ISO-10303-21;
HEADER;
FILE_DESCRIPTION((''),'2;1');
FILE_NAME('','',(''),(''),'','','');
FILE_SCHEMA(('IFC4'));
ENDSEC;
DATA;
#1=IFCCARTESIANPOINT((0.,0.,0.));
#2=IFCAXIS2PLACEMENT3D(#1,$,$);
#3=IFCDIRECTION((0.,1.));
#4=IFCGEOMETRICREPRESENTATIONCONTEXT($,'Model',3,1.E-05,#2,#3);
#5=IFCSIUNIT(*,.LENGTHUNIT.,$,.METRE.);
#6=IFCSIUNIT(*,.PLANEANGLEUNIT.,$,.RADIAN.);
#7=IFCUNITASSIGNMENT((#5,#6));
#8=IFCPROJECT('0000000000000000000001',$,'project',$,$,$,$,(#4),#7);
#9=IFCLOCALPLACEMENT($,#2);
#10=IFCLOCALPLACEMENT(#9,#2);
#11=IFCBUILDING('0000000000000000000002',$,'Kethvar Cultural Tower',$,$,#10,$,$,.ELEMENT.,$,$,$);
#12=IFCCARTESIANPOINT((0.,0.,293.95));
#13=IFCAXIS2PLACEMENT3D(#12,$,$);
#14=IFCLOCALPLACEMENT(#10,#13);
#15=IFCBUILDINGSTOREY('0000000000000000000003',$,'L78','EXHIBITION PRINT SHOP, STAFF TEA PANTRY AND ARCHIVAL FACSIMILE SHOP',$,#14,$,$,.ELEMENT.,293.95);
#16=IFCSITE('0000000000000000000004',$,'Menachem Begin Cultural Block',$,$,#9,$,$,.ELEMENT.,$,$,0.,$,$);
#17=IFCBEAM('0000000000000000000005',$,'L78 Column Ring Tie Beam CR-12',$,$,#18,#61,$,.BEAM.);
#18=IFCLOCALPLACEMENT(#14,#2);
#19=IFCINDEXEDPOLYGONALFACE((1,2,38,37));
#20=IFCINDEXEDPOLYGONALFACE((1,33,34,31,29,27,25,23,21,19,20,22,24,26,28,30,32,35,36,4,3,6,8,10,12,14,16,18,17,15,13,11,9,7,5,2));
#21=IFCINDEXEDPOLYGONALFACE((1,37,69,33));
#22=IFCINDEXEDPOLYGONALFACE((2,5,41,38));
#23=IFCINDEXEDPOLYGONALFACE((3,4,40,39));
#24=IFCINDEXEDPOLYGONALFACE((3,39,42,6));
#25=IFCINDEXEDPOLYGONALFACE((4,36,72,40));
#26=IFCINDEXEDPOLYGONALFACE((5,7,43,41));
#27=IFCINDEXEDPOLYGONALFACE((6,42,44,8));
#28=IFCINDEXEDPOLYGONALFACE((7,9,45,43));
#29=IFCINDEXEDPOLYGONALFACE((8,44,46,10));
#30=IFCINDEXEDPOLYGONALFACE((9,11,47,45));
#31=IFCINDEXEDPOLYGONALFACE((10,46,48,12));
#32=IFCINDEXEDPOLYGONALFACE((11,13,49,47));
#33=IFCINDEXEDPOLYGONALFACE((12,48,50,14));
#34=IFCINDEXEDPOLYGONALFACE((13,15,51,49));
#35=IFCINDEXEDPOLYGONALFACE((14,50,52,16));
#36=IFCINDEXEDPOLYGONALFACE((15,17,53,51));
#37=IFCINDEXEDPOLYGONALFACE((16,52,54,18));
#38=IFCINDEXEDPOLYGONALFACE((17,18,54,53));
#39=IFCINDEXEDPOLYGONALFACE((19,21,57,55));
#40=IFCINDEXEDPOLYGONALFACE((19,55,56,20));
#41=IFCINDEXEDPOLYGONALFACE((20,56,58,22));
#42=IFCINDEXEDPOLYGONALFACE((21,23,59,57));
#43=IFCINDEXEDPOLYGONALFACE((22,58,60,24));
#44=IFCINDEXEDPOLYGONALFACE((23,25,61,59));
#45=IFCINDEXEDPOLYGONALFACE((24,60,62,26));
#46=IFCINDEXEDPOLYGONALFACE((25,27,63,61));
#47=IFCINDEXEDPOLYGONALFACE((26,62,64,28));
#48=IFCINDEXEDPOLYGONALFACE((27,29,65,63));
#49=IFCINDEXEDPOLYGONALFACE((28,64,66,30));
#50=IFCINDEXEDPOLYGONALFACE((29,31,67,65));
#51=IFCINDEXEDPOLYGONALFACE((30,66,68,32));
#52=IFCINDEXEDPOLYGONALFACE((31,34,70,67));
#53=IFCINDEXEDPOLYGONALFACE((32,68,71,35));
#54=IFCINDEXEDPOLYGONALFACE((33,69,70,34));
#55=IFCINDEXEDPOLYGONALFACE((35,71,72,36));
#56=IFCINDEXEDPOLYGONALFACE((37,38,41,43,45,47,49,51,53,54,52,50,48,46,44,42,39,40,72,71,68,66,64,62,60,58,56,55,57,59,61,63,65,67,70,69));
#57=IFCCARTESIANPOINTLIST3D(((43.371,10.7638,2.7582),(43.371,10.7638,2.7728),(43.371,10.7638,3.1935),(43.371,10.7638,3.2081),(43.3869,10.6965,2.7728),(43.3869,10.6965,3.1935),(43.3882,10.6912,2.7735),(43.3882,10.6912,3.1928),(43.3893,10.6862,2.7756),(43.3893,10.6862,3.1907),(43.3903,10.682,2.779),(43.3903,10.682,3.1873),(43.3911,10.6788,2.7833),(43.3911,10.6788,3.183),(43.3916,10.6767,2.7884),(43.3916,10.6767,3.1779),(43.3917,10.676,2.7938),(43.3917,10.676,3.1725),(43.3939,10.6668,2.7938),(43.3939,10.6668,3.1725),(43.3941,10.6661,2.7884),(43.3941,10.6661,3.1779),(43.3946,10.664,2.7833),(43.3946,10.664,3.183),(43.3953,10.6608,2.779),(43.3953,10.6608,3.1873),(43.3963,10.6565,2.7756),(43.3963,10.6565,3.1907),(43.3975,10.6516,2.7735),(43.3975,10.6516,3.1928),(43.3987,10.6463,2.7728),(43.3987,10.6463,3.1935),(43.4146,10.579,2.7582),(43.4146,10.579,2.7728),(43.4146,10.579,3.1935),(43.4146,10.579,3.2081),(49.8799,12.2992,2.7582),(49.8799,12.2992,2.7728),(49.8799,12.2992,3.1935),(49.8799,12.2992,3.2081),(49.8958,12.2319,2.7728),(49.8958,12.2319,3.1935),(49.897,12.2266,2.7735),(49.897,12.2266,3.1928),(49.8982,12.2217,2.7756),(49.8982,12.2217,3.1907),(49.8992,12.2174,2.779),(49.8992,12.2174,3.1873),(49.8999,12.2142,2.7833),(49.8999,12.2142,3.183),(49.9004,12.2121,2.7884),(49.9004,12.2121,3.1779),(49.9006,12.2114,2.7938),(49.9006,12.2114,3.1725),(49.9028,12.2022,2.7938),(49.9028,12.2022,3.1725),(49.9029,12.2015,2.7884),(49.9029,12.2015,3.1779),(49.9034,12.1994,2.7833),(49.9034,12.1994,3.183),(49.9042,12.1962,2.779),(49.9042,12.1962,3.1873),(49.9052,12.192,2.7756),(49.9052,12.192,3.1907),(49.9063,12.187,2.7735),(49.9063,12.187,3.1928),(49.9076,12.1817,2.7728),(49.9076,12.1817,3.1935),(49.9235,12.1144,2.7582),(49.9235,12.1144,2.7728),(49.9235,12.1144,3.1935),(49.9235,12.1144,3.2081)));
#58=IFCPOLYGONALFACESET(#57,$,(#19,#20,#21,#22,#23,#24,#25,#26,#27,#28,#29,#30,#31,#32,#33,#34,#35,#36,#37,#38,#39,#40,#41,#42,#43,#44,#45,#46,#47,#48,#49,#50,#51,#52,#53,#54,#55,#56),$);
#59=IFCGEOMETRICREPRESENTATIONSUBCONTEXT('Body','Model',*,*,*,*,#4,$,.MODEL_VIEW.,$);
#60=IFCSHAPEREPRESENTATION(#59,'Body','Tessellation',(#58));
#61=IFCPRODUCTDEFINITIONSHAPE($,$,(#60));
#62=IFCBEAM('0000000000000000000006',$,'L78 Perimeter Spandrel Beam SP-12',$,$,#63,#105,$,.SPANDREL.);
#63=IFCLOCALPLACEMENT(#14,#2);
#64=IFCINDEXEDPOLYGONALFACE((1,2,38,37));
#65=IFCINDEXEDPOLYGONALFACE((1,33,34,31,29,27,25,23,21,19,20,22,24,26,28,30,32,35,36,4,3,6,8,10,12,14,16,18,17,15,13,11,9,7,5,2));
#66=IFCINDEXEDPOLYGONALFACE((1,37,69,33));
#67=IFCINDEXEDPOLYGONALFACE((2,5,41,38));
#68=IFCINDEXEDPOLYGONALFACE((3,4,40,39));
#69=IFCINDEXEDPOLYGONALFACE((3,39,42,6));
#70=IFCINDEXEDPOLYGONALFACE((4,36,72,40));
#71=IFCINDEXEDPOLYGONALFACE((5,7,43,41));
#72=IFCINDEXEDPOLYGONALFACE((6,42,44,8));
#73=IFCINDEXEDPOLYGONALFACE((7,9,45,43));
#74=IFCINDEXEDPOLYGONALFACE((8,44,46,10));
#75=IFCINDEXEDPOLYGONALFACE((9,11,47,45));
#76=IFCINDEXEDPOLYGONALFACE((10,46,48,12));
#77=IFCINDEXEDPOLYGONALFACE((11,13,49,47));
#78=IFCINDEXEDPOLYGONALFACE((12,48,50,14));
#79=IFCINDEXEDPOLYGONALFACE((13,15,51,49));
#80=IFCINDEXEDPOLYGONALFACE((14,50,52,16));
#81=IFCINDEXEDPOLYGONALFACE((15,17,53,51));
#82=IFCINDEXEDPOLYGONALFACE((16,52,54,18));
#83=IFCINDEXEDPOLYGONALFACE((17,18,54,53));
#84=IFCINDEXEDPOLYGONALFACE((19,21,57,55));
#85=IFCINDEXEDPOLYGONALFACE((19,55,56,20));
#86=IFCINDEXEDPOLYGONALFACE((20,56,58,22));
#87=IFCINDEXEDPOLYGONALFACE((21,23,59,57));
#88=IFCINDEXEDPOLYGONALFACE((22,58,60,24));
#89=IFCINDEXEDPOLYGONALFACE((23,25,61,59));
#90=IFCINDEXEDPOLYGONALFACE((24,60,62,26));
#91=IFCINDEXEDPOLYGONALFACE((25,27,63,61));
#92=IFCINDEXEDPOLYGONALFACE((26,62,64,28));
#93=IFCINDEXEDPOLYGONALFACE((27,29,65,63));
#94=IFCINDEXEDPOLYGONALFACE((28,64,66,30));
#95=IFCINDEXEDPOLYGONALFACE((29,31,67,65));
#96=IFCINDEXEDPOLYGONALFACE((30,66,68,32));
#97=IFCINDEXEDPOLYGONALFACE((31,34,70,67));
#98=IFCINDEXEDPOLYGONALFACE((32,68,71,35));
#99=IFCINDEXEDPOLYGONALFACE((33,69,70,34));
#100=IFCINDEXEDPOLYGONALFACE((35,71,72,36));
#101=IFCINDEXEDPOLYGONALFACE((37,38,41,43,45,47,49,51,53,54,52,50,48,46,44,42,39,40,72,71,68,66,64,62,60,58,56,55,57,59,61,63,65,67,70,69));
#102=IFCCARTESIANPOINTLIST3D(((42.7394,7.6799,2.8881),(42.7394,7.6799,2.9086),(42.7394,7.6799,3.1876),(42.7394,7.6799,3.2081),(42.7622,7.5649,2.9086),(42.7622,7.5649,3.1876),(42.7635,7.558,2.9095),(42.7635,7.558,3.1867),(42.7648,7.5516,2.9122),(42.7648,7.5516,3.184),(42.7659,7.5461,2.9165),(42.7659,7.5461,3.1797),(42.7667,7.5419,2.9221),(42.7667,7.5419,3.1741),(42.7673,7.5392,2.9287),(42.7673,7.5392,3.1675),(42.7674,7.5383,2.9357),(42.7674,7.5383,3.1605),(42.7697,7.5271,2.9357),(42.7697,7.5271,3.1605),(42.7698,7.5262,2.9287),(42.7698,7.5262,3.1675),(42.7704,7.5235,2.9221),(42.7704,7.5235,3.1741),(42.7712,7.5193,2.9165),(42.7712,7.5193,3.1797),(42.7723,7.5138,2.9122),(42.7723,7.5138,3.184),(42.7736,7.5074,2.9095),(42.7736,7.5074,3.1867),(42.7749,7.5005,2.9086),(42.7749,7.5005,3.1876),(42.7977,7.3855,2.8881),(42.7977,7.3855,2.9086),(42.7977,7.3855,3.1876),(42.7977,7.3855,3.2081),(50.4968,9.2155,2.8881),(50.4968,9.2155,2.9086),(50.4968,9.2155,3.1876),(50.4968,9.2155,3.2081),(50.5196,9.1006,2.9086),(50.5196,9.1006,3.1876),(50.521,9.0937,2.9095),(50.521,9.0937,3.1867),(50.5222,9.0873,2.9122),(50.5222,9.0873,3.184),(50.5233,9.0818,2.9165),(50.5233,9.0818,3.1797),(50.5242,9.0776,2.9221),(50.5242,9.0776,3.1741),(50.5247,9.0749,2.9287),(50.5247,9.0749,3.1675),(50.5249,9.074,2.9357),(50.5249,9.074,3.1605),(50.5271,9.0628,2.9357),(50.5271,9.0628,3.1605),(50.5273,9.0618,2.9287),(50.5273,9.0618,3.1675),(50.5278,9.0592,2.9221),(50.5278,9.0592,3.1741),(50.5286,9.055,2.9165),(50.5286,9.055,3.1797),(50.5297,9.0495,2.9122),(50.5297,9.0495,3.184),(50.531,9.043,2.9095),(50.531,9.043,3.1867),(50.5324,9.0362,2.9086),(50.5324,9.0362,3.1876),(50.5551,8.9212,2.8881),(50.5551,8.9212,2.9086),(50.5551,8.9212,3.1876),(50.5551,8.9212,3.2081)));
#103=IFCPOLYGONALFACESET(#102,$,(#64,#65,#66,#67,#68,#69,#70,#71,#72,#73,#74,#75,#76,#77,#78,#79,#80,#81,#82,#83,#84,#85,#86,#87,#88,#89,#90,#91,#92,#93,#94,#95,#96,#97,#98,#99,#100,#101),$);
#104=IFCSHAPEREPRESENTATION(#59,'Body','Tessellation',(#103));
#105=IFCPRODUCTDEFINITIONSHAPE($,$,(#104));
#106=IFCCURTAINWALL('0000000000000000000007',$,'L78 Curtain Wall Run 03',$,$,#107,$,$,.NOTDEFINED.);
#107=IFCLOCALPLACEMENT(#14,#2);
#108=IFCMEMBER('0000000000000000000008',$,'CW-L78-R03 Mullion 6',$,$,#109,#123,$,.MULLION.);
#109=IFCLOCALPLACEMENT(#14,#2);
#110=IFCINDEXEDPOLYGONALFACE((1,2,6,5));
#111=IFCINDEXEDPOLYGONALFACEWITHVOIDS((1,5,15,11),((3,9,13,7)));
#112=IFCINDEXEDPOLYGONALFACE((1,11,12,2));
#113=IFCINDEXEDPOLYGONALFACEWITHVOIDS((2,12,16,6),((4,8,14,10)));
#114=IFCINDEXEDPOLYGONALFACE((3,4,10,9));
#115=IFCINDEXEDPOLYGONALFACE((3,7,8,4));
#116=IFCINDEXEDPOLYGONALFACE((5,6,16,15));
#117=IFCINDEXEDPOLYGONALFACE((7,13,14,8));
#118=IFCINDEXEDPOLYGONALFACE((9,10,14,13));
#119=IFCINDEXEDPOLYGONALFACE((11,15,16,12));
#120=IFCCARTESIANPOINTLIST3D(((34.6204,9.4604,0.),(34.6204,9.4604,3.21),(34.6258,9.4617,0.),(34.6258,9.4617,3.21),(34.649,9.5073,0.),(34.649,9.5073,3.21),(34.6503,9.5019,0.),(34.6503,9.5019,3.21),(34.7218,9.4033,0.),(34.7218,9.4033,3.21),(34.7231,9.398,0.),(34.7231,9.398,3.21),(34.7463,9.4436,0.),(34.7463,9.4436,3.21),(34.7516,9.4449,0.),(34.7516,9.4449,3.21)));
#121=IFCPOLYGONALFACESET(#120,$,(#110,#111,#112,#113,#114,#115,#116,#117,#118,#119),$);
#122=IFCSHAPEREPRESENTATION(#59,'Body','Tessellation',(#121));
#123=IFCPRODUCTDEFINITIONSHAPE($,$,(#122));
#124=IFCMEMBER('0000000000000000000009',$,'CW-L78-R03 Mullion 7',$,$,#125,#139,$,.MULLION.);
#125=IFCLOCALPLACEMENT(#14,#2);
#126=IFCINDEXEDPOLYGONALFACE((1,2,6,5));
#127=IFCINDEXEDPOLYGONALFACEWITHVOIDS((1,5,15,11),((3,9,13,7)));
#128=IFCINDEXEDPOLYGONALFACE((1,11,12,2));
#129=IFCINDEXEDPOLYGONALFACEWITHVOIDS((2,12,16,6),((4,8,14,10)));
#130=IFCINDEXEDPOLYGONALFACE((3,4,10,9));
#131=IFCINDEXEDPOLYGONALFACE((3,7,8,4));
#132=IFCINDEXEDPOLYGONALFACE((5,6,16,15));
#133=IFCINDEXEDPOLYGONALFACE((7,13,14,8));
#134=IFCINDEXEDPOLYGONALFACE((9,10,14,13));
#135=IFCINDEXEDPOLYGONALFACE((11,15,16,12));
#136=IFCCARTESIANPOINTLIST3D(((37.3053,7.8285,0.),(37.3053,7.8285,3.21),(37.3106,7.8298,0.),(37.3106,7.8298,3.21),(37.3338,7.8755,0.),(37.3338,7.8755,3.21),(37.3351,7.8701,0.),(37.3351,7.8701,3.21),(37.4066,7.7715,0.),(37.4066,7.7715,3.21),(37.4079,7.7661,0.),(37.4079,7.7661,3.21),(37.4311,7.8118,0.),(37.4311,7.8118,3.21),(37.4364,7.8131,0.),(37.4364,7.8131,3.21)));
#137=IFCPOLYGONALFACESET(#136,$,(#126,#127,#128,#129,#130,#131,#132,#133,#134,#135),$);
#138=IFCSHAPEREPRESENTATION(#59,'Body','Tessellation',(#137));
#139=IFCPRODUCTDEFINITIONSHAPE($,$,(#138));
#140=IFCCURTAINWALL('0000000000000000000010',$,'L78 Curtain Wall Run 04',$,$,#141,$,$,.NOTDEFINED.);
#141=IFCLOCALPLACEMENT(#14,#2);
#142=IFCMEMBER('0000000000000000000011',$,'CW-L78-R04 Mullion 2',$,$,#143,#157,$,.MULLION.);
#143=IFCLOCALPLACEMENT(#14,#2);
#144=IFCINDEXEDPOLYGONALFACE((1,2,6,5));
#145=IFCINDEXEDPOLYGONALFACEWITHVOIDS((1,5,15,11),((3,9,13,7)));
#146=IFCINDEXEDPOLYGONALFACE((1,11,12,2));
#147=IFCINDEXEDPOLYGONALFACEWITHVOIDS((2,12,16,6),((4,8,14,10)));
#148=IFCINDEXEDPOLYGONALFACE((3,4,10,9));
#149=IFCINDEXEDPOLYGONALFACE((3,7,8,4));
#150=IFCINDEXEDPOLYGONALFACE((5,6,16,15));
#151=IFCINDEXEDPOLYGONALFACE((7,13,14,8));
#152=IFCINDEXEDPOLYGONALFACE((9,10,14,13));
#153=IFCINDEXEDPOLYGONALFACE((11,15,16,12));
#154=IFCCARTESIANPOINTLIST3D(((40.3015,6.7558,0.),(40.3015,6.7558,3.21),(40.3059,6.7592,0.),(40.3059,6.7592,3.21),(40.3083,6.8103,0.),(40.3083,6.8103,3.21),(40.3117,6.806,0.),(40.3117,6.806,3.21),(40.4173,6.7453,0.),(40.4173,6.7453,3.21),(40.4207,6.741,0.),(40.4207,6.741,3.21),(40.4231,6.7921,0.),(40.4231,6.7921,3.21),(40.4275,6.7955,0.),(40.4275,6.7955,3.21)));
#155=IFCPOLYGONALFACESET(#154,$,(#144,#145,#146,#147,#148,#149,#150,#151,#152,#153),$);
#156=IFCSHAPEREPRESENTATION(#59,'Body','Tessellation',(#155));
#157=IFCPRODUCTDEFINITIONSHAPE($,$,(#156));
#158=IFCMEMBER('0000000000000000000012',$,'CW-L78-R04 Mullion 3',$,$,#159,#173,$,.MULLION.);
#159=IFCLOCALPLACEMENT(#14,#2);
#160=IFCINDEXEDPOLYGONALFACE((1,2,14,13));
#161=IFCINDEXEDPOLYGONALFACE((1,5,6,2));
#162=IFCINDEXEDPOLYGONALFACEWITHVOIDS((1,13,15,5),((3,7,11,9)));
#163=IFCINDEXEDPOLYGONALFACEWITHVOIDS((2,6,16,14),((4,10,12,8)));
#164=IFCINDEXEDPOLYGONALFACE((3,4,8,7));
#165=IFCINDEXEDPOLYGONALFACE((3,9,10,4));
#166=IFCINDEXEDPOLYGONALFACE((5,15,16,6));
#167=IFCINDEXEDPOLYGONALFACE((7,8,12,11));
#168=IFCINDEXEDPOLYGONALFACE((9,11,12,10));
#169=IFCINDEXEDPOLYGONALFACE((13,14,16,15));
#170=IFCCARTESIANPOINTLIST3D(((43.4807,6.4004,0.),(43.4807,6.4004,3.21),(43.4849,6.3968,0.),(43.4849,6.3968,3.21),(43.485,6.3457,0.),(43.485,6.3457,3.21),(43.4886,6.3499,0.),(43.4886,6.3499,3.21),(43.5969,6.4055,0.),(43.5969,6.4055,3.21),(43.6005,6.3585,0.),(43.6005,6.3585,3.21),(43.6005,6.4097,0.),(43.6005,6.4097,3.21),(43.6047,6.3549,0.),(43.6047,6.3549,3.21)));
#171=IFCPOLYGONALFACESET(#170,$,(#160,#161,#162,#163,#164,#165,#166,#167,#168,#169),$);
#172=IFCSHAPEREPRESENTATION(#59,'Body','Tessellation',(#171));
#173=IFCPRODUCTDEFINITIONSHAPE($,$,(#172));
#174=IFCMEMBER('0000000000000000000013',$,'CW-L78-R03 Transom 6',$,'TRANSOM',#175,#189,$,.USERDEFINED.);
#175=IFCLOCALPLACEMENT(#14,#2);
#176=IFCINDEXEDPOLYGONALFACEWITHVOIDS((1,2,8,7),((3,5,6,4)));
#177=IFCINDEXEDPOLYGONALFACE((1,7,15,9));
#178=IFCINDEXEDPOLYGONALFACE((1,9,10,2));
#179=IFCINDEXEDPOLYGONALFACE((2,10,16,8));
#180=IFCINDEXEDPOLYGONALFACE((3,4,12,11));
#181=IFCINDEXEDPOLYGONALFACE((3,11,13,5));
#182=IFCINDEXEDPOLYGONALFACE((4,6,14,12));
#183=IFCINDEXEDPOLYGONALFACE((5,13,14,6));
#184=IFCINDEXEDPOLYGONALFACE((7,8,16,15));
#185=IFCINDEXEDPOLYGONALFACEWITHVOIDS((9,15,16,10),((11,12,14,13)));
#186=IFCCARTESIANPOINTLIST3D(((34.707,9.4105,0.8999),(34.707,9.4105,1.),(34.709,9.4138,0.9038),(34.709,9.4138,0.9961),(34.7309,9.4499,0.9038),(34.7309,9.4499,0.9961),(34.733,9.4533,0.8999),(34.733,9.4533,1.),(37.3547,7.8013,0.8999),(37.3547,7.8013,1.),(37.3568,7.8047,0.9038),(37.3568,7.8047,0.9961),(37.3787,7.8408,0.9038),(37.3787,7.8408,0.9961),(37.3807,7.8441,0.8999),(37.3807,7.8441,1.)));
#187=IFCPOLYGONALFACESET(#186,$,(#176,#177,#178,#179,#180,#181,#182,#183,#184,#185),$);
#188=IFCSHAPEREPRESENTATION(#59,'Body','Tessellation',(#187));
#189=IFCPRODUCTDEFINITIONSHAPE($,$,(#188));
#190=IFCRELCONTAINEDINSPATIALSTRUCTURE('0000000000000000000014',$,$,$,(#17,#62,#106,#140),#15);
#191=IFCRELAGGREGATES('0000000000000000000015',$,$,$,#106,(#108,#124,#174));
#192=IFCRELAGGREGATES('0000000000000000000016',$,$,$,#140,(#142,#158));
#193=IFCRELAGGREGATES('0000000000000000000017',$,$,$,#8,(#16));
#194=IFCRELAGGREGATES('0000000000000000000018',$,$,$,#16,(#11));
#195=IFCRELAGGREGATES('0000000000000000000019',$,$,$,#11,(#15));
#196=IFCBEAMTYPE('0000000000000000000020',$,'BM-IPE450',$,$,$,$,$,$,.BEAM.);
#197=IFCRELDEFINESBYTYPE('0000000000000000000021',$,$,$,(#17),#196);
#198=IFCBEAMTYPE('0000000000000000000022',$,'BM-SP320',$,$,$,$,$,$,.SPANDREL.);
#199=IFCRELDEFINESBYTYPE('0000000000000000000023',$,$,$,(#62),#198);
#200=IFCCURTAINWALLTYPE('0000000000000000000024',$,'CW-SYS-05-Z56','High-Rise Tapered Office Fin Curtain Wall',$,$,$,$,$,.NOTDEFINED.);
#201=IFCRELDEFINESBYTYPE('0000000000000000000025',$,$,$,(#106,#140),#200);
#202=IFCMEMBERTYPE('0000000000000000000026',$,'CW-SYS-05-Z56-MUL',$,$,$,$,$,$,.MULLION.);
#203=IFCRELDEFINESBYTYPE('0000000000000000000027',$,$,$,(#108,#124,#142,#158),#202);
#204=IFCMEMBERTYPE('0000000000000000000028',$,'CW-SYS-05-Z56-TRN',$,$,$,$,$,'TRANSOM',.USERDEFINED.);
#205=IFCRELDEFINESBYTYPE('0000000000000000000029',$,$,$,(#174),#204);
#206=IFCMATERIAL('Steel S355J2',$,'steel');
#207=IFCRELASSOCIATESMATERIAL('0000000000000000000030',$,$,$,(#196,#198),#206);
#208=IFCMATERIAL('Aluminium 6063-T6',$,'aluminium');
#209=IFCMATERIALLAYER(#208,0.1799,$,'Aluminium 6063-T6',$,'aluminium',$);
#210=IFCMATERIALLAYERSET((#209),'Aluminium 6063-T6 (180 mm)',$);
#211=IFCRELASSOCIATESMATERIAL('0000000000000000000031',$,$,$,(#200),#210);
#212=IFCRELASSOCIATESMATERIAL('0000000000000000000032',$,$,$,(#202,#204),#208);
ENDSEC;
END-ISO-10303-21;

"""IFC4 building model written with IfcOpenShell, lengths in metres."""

from ifc_helpers import new_model, si_unit, direction, frame, origin, origin_2d, place, context, subcontext, project, spatial, hollow_rectangle, i_section, extrude, source, transform, mapped, material, layer, layer_set, material_profile, profile_set, type_object, element, aggregate, save


model = new_model("IFC4")

# Units and contexts
model_context = context("Model", 3, precision=1e-05, world=origin(), true_north=direction((0.0, 1.0)))
body_context = subcontext(model_context, "Body", "Model", "MODEL_VIEW")
ifc_project = project(units=[si_unit("LENGTHUNIT", "METRE"), si_unit("PLANEANGLEUNIT", "RADIAN")], contexts=[model_context])

# Site, building, storey
site_placement = place(None, origin())
site = spatial("IfcSite", under=ifc_project, at=site_placement, Name="Menachem Begin Cultural Block", CompositionType="ELEMENT", RefElevation=0.0)
building_placement = place(site_placement, origin())
building = spatial("IfcBuilding", under=site, at=building_placement, Name="Kethvar Cultural Tower", CompositionType="ELEMENT")
storey_placement = place(building_placement, frame((0.0, 0.0, 293.95)))
storey = spatial("IfcBuildingStorey", under=building, at=storey_placement, Name="L78", Description="EXHIBITION PRINT SHOP, STAFF TEA PANTRY AND ARCHIVAL FACSIMILE SHOP", CompositionType="ELEMENT", Elevation=293.95)

# Shared definitions
ifc_material_1 = material(Name="Steel S355J2", Category="steel")

# Beams
ifc_material_profile_1 = material_profile(ifc_material_1, i_section(OverallWidth=0.1899, OverallDepth=0.45, WebThickness=0.0095, FlangeThickness=0.0146, FilletRadius=0.021, at=origin_2d()), Name="Steel S355J2 — IPE450")
ifc_profile_set_1 = profile_set([ifc_material_profile_1], Name="Steel S355J2 — IPE450")
beam_type_1 = type_object("IfcBeamType", Name="BM-IPE450", PredefinedType="BEAM", material=ifc_profile_set_1)
ifc_material_profile_2 = material_profile(ifc_material_1, i_section(OverallWidth=0.3, OverallDepth=0.3201, WebThickness=0.0115, FlangeThickness=0.0205, FilletRadius=0.0271, at=origin_2d()), Name="Steel S355J2 — HEB320")
ifc_profile_set_2 = profile_set([ifc_material_profile_2], Name="Steel S355J2 — HEB320")
beam_type_2 = type_object("IfcBeamType", Name="BM-SP320", PredefinedType="SPANDREL", material=ifc_profile_set_2)
shared_shape_1 = source(origin(), body_context, "Body", "SweptSolid", [
    extrude(i_section(OverallWidth=0.1899, OverallDepth=0.45, WebThickness=0.0095, FlangeThickness=0.0146, FilletRadius=0.021, at=origin_2d()), origin(), (0.0, 0.0, 1.0), 6.6875),
])
beam_1_placement = place(storey_placement, frame((43.3928, 10.6714, 2.9832), z_axis=(0.973286, 0.229595, 0.0), x_axis=(-0.229595, 0.973286, 0.0)))
element("IfcBeam", 1, at=beam_1_placement, inside=storey, type_object=beam_type_1, Name="L78 Column Ring Tie Beam CR-12", PredefinedType="BEAM", context=body_context, shape_type="MappedRepresentation", body=[
    mapped(shared_shape_1, transform((0.0, 0.0, 0.0), scale=1.0)),
])
shared_shape_2 = source(origin(), body_context, "Body", "SweptSolid", [
    extrude(i_section(OverallWidth=0.3, OverallDepth=0.3201, WebThickness=0.0115, FlangeThickness=0.0205, FilletRadius=0.0271, at=origin_2d()), origin(), (0.0, 0.0, 1.0), 7.908),
])
beam_2_placement = place(storey_placement, frame((42.7686, 7.5327, 3.0481), z_axis=(0.980964, 0.194192, 0.0), x_axis=(-0.194192, 0.980964, 0.0)))
element("IfcBeam", 2, at=beam_2_placement, inside=storey, type_object=beam_type_2, Name="L78 Perimeter Spandrel Beam SP-12", PredefinedType="SPANDREL", context=body_context, shape_type="MappedRepresentation", body=[
    mapped(shared_shape_2, transform((0.0, 0.0, 0.0), scale=1.0)),
])

# Curtain walls, members
ifc_material_2 = material(Name="Aluminium 6063-T6", Category="aluminium")
ifc_layer_1 = layer(ifc_material_2, 0.1799, Name="Aluminium 6063-T6", Category="aluminium")
ifc_layer_set_1 = layer_set([ifc_layer_1], Name="Aluminium 6063-T6 (180 mm)")
curtain_wall_type = type_object("IfcCurtainWallType", Name="CW-SYS-05-Z56", Description="High-Rise Tapered Office Fin Curtain Wall", PredefinedType="NOTDEFINED", material=ifc_layer_set_1)
curtain_wall_1_placement = place(storey_placement, origin())
curtain_wall_1 = element("IfcCurtainWall", 3, at=curtain_wall_1_placement, inside=storey, type_object=curtain_wall_type, Name="L78 Curtain Wall Run 03", PredefinedType="NOTDEFINED")
ifc_material_profile_3 = material_profile(ifc_material_2, hollow_rectangle(XDim=0.0549, YDim=0.1201, WallThickness=0.0039, at=origin_2d()), Name="Aluminium 6063-T6 — RHS120x55x4")
ifc_profile_set_3 = profile_set([ifc_material_profile_3], Name="Aluminium 6063-T6 — RHS120x55x4")
member_type_1 = type_object("IfcMemberType", Name="CW-SYS-05-Z56-MUL", PredefinedType="MULLION", material=ifc_profile_set_3)
shared_shape_3 = source(origin(), body_context, "Body", "SweptSolid", [
    extrude(hollow_rectangle(XDim=0.0549, YDim=0.1201, WallThickness=0.0039, at=origin_2d()), origin(), (0.0, 0.0, 1.0), 3.21),
])
member_1_placement = place(storey_placement, frame((34.686, 9.4526, 0.0), z_axis=(0.0, 0.0, 1.0), x_axis=(0.5194, 0.854531, 0.0)))
member_1 = element("IfcMember", 4, at=member_1_placement, type_object=member_type_1, Name="CW-L78-R03 Mullion 6", PredefinedType="MULLION", context=body_context, shape_type="MappedRepresentation", body=[
    mapped(shared_shape_3, transform((0.0, 0.0, 0.0), scale=1.0)),
])
member_2_placement = place(storey_placement, frame((37.3708, 7.8208, 0.0), z_axis=(0.0, 0.0, 1.0), x_axis=(0.5194, 0.854531, 0.0)))
member_2 = element("IfcMember", 5, at=member_2_placement, type_object=member_type_1, Name="CW-L78-R03 Mullion 7", PredefinedType="MULLION", context=body_context, shape_type="MappedRepresentation", body=[
    mapped(shared_shape_3, transform((0.0, 0.0, 0.0), scale=1.0)),
])
curtain_wall_2_placement = place(storey_placement, origin())
curtain_wall_2 = element("IfcCurtainWall", 6, at=curtain_wall_2_placement, inside=storey, type_object=curtain_wall_type, Name="L78 Curtain Wall Run 04", PredefinedType="NOTDEFINED")
member_3_placement = place(storey_placement, frame((40.3645, 6.7756, 0.0), z_axis=(0.0, 0.0, 1.0), x_axis=(0.123601, 0.992332, 0.0)))
member_3 = element("IfcMember", 7, at=member_3_placement, type_object=member_type_1, Name="CW-L78-R04 Mullion 2", PredefinedType="MULLION", context=body_context, shape_type="MappedRepresentation", body=[
    mapped(shared_shape_3, transform((0.0, 0.0, 0.0), scale=1.0)),
])
member_4_placement = place(storey_placement, frame((43.5427, 6.3777, 0.0), z_axis=(0.0, 0.0, 1.0), x_axis=(-0.077293, 0.997008, 0.0)))
member_4 = element("IfcMember", 8, at=member_4_placement, type_object=member_type_1, Name="CW-L78-R04 Mullion 3", PredefinedType="MULLION", context=body_context, shape_type="MappedRepresentation", body=[
    mapped(shared_shape_3, transform((0.0, 0.0, 0.0), scale=1.0)),
])

# Member
ifc_material_profile_4 = material_profile(ifc_material_2, hollow_rectangle(XDim=0.05, YDim=0.1001, WallThickness=0.0039, at=origin_2d()), Name="Aluminium 6063-T6 — RHS100x50x4")
ifc_profile_set_4 = profile_set([ifc_material_profile_4], Name="Aluminium 6063-T6 — RHS100x50x4")
member_type_2 = type_object("IfcMemberType", Name="CW-SYS-05-Z56-TRN", ElementType="TRANSOM", PredefinedType="USERDEFINED", material=ifc_profile_set_4)
shared_shape_4 = source(origin(), body_context, "Body", "SweptSolid", [
    extrude(hollow_rectangle(XDim=0.05, YDim=0.1001, WallThickness=0.0039, at=origin_2d()), origin(), (0.0, 0.0, 1.0), 3.0984),
])
member_5_placement = place(storey_placement, frame((34.72, 9.4319, 0.95), z_axis=(0.854559, -0.519354, 0.0), x_axis=(0.519354, 0.854559, 0.0)))
member_5 = element("IfcMember", 9, at=member_5_placement, type_object=member_type_2, Name="CW-L78-R03 Transom 6", ObjectType="TRANSOM", PredefinedType="USERDEFINED", context=body_context, shape_type="MappedRepresentation", body=[
    mapped(shared_shape_4, transform((0.0, 0.0, 0.0), scale=1.0)),
])

aggregate(curtain_wall_1, [member_1, member_2, member_5])
aggregate(curtain_wall_2, [member_3, member_4])

save(model, "model.ifc")
